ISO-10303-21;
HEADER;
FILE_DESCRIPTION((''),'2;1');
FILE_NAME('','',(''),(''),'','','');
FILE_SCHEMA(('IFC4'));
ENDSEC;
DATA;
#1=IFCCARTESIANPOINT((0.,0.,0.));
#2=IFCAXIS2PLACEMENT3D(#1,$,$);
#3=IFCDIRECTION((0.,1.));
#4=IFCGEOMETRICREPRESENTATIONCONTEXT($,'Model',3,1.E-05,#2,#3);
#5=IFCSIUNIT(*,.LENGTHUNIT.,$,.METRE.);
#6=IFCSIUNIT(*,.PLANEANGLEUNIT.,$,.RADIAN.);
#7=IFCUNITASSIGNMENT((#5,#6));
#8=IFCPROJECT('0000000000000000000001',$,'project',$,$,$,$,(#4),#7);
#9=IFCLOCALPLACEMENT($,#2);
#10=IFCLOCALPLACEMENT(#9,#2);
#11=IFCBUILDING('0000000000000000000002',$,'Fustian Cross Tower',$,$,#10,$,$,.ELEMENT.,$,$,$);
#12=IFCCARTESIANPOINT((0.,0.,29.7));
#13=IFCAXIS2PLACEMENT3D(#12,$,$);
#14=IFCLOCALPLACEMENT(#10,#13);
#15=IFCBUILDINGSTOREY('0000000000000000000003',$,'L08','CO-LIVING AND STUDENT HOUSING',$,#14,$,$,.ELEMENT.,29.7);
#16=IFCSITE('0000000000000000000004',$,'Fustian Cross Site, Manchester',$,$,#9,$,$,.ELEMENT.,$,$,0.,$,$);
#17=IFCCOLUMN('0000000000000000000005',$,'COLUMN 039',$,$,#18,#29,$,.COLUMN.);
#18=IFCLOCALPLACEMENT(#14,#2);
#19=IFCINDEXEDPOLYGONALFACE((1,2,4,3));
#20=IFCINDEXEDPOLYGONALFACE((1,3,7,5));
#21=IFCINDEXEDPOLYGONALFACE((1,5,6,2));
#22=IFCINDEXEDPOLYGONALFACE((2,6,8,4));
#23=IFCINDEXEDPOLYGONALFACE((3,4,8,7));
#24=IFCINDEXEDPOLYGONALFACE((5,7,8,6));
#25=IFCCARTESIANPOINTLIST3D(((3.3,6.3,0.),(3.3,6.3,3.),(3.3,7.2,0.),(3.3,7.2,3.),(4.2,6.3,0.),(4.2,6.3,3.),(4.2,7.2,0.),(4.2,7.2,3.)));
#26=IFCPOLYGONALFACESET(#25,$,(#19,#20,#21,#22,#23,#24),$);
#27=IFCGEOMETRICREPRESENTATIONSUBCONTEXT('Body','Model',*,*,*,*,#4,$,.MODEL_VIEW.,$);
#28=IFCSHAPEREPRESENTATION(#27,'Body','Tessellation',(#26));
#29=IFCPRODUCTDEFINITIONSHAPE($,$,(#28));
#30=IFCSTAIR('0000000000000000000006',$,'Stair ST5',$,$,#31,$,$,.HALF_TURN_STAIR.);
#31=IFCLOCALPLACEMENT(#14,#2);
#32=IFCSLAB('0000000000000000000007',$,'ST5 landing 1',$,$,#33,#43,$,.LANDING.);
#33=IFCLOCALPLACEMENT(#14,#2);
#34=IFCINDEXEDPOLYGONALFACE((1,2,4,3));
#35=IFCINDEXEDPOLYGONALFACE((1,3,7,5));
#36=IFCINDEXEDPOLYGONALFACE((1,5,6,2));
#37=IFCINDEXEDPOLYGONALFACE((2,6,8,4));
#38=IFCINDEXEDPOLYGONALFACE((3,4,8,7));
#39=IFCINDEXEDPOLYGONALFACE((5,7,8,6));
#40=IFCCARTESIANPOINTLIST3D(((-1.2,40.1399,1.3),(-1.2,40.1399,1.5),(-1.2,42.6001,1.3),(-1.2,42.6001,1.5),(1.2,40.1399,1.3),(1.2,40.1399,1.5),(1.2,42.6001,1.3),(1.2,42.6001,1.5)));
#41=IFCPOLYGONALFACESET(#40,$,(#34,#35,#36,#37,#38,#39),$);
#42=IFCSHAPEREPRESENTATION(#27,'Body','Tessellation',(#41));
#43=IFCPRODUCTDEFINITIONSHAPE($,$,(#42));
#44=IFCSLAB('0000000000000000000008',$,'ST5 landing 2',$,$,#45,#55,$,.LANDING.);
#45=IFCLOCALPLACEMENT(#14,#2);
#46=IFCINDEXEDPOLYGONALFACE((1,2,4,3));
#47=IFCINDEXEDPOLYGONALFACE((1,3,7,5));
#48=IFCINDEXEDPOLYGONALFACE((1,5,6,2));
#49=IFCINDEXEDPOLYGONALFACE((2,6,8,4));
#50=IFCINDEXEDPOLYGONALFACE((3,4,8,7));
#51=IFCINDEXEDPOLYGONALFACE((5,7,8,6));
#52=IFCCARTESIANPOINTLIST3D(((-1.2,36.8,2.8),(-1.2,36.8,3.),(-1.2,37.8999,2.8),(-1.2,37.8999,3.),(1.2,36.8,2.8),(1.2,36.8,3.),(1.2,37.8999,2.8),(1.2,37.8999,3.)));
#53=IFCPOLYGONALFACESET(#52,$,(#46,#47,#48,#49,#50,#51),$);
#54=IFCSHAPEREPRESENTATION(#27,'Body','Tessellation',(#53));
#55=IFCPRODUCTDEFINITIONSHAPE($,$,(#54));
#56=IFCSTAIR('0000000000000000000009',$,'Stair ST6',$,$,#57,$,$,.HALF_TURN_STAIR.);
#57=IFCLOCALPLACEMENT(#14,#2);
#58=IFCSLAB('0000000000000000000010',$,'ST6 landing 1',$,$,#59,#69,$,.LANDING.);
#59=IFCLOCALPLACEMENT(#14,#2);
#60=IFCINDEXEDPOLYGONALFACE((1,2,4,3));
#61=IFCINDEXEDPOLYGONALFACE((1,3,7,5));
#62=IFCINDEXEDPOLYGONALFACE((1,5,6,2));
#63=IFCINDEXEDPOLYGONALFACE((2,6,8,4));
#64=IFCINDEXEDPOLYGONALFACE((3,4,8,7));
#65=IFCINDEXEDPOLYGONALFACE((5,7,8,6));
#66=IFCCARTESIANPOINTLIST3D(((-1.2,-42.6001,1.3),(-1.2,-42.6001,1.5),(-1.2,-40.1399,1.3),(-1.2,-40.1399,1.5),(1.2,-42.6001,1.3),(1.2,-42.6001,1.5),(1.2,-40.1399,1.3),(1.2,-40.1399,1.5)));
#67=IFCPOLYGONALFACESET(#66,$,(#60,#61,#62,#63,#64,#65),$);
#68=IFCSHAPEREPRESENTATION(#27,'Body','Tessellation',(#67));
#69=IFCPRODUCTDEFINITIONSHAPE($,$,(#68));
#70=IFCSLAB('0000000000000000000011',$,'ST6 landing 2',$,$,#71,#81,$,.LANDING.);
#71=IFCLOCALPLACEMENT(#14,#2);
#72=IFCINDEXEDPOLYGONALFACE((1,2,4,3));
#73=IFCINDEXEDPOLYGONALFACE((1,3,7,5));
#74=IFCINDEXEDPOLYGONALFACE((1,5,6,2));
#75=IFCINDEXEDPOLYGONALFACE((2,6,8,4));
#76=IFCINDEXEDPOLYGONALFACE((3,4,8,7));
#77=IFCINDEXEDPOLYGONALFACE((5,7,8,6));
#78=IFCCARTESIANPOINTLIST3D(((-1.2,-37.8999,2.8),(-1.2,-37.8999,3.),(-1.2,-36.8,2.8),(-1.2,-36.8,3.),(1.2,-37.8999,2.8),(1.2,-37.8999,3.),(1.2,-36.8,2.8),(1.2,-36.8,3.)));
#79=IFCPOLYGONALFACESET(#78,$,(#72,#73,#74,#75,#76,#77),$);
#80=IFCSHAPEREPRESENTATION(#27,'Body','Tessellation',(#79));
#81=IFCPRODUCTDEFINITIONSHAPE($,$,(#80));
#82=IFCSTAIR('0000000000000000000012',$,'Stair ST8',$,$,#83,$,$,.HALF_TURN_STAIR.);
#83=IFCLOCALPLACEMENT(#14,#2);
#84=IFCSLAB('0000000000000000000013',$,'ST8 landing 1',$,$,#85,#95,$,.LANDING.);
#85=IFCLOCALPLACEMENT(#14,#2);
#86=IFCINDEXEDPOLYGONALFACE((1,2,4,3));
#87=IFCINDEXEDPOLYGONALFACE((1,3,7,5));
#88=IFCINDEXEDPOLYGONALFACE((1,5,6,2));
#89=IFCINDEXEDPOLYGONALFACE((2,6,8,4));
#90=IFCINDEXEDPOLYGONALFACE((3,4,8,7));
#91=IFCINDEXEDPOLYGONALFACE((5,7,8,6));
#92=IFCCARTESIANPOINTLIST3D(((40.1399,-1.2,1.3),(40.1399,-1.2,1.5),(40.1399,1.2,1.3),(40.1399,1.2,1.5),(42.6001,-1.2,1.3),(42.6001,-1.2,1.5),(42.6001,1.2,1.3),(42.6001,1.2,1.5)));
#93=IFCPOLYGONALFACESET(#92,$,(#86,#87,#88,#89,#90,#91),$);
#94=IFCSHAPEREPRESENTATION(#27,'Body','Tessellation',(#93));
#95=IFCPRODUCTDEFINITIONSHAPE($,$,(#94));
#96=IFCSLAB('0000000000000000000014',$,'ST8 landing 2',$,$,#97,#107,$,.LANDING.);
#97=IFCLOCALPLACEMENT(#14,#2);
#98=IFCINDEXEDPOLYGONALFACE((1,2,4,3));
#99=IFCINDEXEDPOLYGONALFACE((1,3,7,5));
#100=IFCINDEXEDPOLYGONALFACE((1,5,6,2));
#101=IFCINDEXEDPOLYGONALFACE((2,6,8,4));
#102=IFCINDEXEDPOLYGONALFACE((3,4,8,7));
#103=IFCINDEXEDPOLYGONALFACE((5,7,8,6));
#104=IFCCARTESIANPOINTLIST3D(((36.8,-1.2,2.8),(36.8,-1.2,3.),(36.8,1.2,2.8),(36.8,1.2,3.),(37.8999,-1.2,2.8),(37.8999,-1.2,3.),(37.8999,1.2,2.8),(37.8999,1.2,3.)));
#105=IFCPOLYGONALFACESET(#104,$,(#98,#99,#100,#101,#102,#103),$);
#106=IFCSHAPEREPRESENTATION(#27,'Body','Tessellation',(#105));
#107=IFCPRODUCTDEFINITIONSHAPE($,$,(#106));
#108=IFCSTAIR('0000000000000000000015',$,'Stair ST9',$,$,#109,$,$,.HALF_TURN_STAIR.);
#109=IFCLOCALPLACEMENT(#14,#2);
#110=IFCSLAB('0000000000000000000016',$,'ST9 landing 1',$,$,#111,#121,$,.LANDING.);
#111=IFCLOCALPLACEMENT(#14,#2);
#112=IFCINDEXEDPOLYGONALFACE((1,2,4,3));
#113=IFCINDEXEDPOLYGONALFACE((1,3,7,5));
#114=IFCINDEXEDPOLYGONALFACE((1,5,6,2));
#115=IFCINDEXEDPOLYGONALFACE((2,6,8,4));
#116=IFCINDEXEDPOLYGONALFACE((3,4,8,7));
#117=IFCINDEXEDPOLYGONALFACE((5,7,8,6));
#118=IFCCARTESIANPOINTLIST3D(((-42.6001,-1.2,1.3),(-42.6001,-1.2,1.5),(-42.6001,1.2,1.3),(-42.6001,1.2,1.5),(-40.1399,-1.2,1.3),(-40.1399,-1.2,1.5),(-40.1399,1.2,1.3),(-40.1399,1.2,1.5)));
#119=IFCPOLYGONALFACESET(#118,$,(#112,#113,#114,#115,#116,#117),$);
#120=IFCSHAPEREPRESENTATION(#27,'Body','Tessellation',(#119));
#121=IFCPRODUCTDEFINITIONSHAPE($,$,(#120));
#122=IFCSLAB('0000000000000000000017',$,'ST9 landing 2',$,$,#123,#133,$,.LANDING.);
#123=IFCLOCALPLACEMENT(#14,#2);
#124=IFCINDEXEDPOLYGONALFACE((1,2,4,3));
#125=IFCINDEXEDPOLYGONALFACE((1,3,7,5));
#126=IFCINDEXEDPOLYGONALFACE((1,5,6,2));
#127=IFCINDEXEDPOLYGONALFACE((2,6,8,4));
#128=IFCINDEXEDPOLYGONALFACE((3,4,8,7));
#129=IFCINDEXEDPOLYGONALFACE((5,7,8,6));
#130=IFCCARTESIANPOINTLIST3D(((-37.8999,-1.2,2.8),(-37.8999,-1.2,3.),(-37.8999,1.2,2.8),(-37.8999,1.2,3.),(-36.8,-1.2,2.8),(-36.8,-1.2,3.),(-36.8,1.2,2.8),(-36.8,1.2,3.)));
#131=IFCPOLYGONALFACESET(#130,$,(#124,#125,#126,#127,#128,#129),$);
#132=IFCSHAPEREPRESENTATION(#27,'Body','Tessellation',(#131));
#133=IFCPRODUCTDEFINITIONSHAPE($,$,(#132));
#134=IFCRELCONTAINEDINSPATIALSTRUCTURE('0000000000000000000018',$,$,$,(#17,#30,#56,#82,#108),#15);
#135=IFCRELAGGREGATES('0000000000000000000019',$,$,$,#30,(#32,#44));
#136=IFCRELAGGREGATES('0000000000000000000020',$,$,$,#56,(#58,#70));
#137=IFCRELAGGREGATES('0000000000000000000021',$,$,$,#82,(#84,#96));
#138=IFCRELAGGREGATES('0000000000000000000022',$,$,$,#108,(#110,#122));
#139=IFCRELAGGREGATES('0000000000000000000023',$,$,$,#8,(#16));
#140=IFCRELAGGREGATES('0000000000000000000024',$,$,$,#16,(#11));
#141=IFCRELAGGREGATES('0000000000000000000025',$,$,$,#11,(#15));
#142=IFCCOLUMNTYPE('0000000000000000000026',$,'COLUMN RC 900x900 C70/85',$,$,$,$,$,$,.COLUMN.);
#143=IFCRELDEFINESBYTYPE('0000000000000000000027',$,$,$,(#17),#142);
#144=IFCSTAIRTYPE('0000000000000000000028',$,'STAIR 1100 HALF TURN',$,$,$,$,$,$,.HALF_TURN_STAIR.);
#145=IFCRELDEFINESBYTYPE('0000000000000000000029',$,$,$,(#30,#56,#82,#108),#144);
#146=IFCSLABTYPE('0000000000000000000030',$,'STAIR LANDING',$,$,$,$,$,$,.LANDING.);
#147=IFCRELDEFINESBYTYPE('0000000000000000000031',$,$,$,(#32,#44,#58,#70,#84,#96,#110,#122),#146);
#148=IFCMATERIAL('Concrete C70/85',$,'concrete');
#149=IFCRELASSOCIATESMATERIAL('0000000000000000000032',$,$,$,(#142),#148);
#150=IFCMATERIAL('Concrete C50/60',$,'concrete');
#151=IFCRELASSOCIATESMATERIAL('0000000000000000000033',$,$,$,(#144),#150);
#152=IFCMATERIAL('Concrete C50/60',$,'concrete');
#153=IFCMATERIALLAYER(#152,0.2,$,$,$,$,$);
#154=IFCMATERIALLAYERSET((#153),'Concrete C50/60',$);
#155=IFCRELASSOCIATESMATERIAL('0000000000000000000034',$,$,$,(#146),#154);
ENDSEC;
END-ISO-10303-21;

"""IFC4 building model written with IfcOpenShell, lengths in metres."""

from ifc_helpers import new_model, si_unit, direction, frame, origin, origin_2d, place, context, subcontext, project, spatial, polyline, rectangle, outline, extrude, material, layer, layer_set, material_profile, profile_set, type_object, element, aggregate, save


model = new_model("IFC4")

# Units and contexts
model_context = context("Model", 3, precision=1e-05, world=origin(), true_north=direction((0.0, 1.0)))
body_context = subcontext(model_context, "Body", "Model", "MODEL_VIEW")
ifc_project = project(units=[si_unit("LENGTHUNIT", "METRE"), si_unit("PLANEANGLEUNIT", "RADIAN")], contexts=[model_context])

# Site, building, storey
site_placement = place(None, origin())
site = spatial("IfcSite", under=ifc_project, at=site_placement, Name="Fustian Cross Site, Manchester", CompositionType="ELEMENT", RefElevation=0.0)
building_placement = place(site_placement, origin())
building = spatial("IfcBuilding", under=site, at=building_placement, Name="Fustian Cross Tower", CompositionType="ELEMENT")
storey_placement = place(building_placement, frame((0.0, 0.0, 29.7)))
storey = spatial("IfcBuildingStorey", under=building, at=storey_placement, Name="L08", Description="CO-LIVING AND STUDENT HOUSING", CompositionType="ELEMENT", Elevation=29.7)

# Column
ifc_material_1 = material(Name="Concrete C70/85", Category="concrete")
ifc_material_profile = material_profile(ifc_material_1, rectangle(XDim=0.8999, YDim=0.8999, at=origin_2d()), Name="RC 900x900")
ifc_profile_set = profile_set([ifc_material_profile], Name="Concrete C70/85")
column_type = type_object("IfcColumnType", Name="COLUMN RC 900x900 C70/85", PredefinedType="COLUMN", material=ifc_profile_set)
column_placement = place(storey_placement, frame((3.75, 6.75, 0.0), z_axis=(0.0, 0.0, 1.0), x_axis=(1.0, 0.0, 0.0)))
element("IfcColumn", 1, at=column_placement, inside=storey, type_object=column_type, Name="COLUMN 039", PredefinedType="COLUMN", context=body_context, shape_type="SweptSolid", body=[
    extrude(rectangle(XDim=0.8999, YDim=0.8999, at=origin_2d()), origin(), (0.0, 0.0, 1.0), 3.0),
])

# Stairs, slabs
ifc_material_2 = material(Name="Concrete C50/60", Category="concrete")
stair_type = type_object("IfcStairType", Name="STAIR 1100 HALF TURN", PredefinedType="HALF_TURN_STAIR", material=ifc_material_2)
stair_1_placement = place(storey_placement, origin())
stair_1 = element("IfcStair", 2, at=stair_1_placement, inside=storey, type_object=stair_type, Name="Stair ST5", PredefinedType="HALF_TURN_STAIR")
ifc_material_3 = material(Name="Concrete C50/60", Category="concrete")
ifc_layer_1 = layer(ifc_material_3, 0.2)
ifc_layer_set_1 = layer_set([ifc_layer_1], Name="Concrete C50/60")
slab_type = type_object("IfcSlabType", Name="STAIR LANDING", PredefinedType="LANDING", material=ifc_layer_set_1)
slab_1_placement = place(storey_placement, frame((0.0, 0.0, 1.3)))
slab_1 = element("IfcSlab", 3, at=slab_1_placement, type_object=slab_type, Name="ST5 landing 1", PredefinedType="LANDING", context=body_context, shape_type="SweptSolid", body=[
    extrude(outline(polyline([(-1.2, 40.1399), (-1.2, 42.6001), (1.2, 42.6001), (1.2, 40.1399), (-1.2, 40.1399)])), origin(), (0.0, 0.0, 1.0), 0.2),
])
slab_2_placement = place(storey_placement, frame((0.0, 0.0, 2.8)))
slab_2 = element("IfcSlab", 4, at=slab_2_placement, type_object=slab_type, Name="ST5 landing 2", PredefinedType="LANDING", context=body_context, shape_type="SweptSolid", body=[
    extrude(outline(polyline([(-1.2, 36.8), (-1.2, 37.8999), (1.2, 37.8999), (1.2, 36.8), (-1.2, 36.8)])), origin(), (0.0, 0.0, 1.0), 0.2),
])
aggregate(stair_1, [slab_1, slab_2])
stair_2_placement = place(storey_placement, origin())
stair_2 = element("IfcStair", 5, at=stair_2_placement, inside=storey, type_object=stair_type, Name="Stair ST6", PredefinedType="HALF_TURN_STAIR")
slab_3_placement = place(storey_placement, frame((0.0, 0.0, 1.3)))
slab_3 = element("IfcSlab", 6, at=slab_3_placement, type_object=slab_type, Name="ST6 landing 1", PredefinedType="LANDING", context=body_context, shape_type="SweptSolid", body=[
    extrude(outline(polyline([(-1.2, -40.1399), (-1.2, -42.6001), (1.2, -42.6001), (1.2, -40.1399), (-1.2, -40.1399)])), origin(), (0.0, 0.0, 1.0), 0.2),
])
slab_4_placement = place(storey_placement, frame((0.0, 0.0, 2.8)))
slab_4 = element("IfcSlab", 7, at=slab_4_placement, type_object=slab_type, Name="ST6 landing 2", PredefinedType="LANDING", context=body_context, shape_type="SweptSolid", body=[
    extrude(outline(polyline([(-1.2, -36.8), (-1.2, -37.8999), (1.2, -37.8999), (1.2, -36.8), (-1.2, -36.8)])), origin(), (0.0, 0.0, 1.0), 0.2),
])
aggregate(stair_2, [slab_3, slab_4])
stair_3_placement = place(storey_placement, origin())
stair_3 = element("IfcStair", 8, at=stair_3_placement, inside=storey, type_object=stair_type, Name="Stair ST8", PredefinedType="HALF_TURN_STAIR")
slab_5_placement = place(storey_placement, frame((0.0, 0.0, 1.3)))
slab_5 = element("IfcSlab", 9, at=slab_5_placement, type_object=slab_type, Name="ST8 landing 1", PredefinedType="LANDING", context=body_context, shape_type="SweptSolid", body=[
    extrude(outline(polyline([(40.1399, -1.2), (42.6001, -1.2), (42.6001, 1.2), (40.1399, 1.2), (40.1399, -1.2)])), origin(), (0.0, 0.0, 1.0), 0.2),
])
slab_6_placement = place(storey_placement, frame((0.0, 0.0, 2.8)))
slab_6 = element("IfcSlab", 10, at=slab_6_placement, type_object=slab_type, Name="ST8 landing 2", PredefinedType="LANDING", context=body_context, shape_type="SweptSolid", body=[
    extrude(outline(polyline([(36.8, -1.2), (37.8999, -1.2), (37.8999, 1.2), (36.8, 1.2), (36.8, -1.2)])), origin(), (0.0, 0.0, 1.0), 0.2),
])
aggregate(stair_3, [slab_5, slab_6])
stair_4_placement = place(storey_placement, origin())
stair_4 = element("IfcStair", 11, at=stair_4_placement, inside=storey, type_object=stair_type, Name="Stair ST9", PredefinedType="HALF_TURN_STAIR")
slab_7_placement = place(storey_placement, frame((0.0, 0.0, 1.3)))
slab_7 = element("IfcSlab", 12, at=slab_7_placement, type_object=slab_type, Name="ST9 landing 1", PredefinedType="LANDING", context=body_context, shape_type="SweptSolid", body=[
    extrude(outline(polyline([(-40.1399, -1.2), (-42.6001, -1.2), (-42.6001, 1.2), (-40.1399, 1.2), (-40.1399, -1.2)])), origin(), (0.0, 0.0, 1.0), 0.2),
])
slab_8_placement = place(storey_placement, frame((0.0, 0.0, 2.8)))
slab_8 = element("IfcSlab", 13, at=slab_8_placement, type_object=slab_type, Name="ST9 landing 2", PredefinedType="LANDING", context=body_context, shape_type="SweptSolid", body=[
    extrude(outline(polyline([(-36.8, -1.2), (-37.8999, -1.2), (-37.8999, 1.2), (-36.8, 1.2), (-36.8, -1.2)])), origin(), (0.0, 0.0, 1.0), 0.2),
])
aggregate(stair_4, [slab_7, slab_8])

save(model, "model.ifc")
